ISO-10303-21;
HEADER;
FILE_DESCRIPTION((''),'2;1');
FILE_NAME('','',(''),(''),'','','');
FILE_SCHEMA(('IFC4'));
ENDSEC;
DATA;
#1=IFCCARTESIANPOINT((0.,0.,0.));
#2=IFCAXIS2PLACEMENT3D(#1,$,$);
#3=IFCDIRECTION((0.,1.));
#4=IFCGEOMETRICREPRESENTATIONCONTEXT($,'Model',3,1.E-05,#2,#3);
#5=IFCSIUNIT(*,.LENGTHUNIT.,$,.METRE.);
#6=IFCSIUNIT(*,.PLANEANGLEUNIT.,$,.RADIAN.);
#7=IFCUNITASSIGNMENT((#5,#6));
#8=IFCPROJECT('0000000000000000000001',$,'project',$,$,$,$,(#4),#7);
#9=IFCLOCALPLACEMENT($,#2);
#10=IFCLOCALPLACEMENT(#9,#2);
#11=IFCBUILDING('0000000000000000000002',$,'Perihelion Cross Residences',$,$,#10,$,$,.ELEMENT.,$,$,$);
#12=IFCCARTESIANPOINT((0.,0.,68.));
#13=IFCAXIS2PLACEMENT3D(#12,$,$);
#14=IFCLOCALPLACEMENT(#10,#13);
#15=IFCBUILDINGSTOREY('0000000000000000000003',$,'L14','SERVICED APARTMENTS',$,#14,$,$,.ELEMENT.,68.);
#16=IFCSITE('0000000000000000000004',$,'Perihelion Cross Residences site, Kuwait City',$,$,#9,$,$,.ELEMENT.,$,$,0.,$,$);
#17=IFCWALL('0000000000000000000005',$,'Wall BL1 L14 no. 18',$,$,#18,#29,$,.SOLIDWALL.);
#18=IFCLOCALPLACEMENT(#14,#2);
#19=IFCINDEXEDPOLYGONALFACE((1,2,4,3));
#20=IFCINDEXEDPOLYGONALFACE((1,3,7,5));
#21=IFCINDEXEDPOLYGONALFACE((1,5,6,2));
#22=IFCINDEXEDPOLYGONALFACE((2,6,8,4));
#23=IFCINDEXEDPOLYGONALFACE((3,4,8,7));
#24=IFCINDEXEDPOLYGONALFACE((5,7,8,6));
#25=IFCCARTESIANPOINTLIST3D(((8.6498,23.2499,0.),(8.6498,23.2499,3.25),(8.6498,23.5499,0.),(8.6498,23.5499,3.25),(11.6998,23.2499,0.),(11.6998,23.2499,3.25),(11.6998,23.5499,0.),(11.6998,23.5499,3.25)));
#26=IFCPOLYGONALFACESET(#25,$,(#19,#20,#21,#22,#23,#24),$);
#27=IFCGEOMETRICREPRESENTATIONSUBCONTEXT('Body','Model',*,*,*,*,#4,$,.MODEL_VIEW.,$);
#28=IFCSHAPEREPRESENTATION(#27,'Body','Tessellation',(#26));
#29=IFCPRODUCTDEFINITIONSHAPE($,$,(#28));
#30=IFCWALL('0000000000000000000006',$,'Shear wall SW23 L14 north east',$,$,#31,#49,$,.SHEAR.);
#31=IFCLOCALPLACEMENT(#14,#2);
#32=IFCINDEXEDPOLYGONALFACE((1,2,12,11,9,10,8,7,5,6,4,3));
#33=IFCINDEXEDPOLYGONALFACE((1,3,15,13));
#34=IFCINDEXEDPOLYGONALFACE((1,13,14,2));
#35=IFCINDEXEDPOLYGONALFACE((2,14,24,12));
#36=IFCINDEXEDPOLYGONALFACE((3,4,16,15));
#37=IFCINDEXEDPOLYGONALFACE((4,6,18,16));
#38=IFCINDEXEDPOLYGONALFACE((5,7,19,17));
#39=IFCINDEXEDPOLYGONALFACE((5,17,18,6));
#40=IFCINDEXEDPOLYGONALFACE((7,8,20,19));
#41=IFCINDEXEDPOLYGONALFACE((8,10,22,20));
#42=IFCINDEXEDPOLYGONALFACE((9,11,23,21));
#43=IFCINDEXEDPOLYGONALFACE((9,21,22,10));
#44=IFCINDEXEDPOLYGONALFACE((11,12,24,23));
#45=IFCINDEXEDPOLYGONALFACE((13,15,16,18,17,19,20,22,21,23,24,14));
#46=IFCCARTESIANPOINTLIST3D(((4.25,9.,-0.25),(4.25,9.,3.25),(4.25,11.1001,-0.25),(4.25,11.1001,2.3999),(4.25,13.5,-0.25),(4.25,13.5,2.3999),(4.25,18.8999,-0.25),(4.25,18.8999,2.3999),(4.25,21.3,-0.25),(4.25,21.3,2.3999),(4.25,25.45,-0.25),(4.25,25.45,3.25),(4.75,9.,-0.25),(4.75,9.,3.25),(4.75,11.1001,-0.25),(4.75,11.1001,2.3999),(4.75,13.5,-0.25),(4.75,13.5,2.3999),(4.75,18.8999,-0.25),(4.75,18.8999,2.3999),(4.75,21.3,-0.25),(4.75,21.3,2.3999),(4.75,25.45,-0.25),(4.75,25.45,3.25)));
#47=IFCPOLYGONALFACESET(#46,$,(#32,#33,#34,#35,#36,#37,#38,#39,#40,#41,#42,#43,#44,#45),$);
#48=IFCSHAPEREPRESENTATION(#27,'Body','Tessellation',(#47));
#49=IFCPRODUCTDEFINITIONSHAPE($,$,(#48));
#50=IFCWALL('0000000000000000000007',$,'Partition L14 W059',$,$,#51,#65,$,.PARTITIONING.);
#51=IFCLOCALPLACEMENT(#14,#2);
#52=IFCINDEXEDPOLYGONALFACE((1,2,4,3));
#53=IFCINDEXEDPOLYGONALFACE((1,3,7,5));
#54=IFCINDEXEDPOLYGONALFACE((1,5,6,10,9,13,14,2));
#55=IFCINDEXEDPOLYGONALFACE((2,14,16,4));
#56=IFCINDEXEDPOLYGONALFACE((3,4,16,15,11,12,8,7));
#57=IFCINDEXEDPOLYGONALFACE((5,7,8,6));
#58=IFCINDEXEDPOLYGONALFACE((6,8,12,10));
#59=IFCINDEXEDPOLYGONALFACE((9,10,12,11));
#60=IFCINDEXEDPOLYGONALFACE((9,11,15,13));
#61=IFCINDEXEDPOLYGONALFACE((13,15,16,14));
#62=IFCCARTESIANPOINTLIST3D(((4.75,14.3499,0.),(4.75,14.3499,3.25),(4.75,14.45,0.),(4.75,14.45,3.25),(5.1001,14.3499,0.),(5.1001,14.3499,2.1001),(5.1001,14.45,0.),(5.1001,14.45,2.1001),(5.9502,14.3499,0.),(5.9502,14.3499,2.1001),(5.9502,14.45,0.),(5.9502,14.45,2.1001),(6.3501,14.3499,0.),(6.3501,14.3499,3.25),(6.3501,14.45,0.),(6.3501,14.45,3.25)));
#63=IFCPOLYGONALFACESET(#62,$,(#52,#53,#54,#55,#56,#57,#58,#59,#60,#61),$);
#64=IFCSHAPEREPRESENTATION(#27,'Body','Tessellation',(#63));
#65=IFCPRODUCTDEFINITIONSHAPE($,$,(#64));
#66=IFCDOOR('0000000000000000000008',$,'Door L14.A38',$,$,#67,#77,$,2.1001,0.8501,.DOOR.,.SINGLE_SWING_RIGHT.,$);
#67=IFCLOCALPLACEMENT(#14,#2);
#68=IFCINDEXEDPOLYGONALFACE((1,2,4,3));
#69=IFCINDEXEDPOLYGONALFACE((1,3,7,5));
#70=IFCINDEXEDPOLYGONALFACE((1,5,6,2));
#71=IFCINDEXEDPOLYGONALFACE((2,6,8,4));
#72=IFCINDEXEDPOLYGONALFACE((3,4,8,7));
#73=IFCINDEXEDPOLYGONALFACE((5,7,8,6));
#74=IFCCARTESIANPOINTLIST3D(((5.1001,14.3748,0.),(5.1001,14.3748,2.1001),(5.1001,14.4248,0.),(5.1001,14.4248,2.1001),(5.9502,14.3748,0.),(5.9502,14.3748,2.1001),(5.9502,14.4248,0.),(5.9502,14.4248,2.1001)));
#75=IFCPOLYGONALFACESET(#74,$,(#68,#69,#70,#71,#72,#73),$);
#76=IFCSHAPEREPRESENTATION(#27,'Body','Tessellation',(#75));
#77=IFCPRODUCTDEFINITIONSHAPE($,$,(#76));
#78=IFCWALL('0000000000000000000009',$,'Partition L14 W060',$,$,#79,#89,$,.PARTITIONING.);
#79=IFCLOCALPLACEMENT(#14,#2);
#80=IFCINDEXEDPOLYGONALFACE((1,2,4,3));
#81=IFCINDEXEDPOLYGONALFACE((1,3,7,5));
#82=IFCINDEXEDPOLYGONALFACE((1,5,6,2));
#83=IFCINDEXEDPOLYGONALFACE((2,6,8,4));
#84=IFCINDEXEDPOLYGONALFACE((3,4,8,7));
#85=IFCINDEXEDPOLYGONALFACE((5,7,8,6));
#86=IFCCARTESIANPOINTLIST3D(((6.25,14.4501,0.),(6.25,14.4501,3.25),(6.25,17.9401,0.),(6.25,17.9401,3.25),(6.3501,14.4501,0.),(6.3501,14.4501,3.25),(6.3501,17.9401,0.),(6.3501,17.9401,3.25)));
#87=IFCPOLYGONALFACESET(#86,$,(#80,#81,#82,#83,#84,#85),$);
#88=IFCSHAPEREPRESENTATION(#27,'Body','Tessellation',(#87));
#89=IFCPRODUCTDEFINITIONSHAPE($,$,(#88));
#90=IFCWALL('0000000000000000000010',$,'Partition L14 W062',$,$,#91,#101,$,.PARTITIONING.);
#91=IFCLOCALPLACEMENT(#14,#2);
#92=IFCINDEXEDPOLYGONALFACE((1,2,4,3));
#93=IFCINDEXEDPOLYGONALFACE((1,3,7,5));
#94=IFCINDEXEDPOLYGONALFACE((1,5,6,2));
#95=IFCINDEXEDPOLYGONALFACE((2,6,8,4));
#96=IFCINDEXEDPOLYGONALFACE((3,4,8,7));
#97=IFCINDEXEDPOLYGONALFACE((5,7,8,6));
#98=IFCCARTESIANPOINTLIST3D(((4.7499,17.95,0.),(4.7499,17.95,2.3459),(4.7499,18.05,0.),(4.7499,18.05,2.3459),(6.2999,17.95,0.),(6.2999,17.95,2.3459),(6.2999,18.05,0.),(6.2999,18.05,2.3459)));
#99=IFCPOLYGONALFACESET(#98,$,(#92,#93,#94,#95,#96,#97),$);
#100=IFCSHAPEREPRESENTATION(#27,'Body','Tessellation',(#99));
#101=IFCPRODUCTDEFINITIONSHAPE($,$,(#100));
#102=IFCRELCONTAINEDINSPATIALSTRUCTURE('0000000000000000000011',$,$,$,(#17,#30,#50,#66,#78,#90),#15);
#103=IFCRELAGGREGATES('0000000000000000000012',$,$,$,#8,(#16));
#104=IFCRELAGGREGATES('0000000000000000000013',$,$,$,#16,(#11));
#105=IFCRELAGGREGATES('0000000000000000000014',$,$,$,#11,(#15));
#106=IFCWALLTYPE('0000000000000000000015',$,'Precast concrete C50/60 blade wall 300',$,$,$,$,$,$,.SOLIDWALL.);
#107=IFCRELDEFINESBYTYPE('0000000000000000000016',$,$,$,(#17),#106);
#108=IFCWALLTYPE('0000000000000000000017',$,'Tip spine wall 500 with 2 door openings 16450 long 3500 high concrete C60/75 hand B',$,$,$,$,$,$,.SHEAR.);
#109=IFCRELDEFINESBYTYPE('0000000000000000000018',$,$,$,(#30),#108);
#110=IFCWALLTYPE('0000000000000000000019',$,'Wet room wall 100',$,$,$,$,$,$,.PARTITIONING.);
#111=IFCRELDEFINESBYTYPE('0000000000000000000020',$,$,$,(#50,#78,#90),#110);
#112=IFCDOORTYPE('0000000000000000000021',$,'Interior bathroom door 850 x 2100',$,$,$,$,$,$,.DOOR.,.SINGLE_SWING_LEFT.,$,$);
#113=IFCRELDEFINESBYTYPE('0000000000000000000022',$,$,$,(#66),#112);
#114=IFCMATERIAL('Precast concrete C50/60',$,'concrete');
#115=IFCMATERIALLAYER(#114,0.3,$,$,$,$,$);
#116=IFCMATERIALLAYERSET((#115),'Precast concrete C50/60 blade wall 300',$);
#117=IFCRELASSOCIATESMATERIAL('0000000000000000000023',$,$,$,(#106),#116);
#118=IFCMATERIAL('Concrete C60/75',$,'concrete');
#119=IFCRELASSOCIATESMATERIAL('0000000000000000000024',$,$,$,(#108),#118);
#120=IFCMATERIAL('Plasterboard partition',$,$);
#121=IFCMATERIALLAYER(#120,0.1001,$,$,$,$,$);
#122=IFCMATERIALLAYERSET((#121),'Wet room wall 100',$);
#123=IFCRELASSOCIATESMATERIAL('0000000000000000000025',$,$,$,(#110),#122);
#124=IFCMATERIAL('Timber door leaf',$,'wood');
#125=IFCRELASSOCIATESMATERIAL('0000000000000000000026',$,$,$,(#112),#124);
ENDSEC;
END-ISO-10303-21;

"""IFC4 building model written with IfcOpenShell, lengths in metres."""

from ifc_helpers import new_model, si_unit, direction, frame, frame_2d, origin, place, context, subcontext, project, spatial, polyline, rectangle, outline, extrude, material, layer, layer_set, material_profile, profile_set, type_object, element, fill, save


model = new_model("IFC4")

# Units and contexts
model_context = context("Model", 3, precision=1e-05, world=origin(), true_north=direction((0.0, 1.0)))
body_context = subcontext(model_context, "Body", "Model", "MODEL_VIEW")
ifc_project = project(units=[si_unit("LENGTHUNIT", "METRE"), si_unit("PLANEANGLEUNIT", "RADIAN")], contexts=[model_context])

# Site, building, storey
site_placement = place(None, origin())
site = spatial("IfcSite", under=ifc_project, at=site_placement, Name="Perihelion Cross Residences site, Kuwait City", CompositionType="ELEMENT", RefElevation=0.0)
building_placement = place(site_placement, origin())
building = spatial("IfcBuilding", under=site, at=building_placement, Name="Perihelion Cross Residences", CompositionType="ELEMENT")
storey_placement = place(building_placement, frame((0.0, 0.0, 68.0)))
storey = spatial("IfcBuildingStorey", under=building, at=storey_placement, Name="L14", Description="SERVICED APARTMENTS", CompositionType="ELEMENT", Elevation=68.0)

# Walls
ifc_material_1 = material(Name="Precast concrete C50/60", Category="concrete")
ifc_layer_1 = layer(ifc_material_1, 0.3)
ifc_layer_set_1 = layer_set([ifc_layer_1], Name="Precast concrete C50/60 blade wall 300")
wall_type_1 = type_object("IfcWallType", Name="Precast concrete C50/60 blade wall 300", PredefinedType="SOLIDWALL", material=ifc_layer_set_1)
wall_1_placement = place(storey_placement, frame((8.6499, 23.3999, 0.0), z_axis=(0.0, 0.0, 1.0), x_axis=(1.0, 0.0, 0.0)))
element("IfcWall", 1, at=wall_1_placement, inside=storey, type_object=wall_type_1, Name="Wall BL1 L14 no. 18", PredefinedType="SOLIDWALL", context=body_context, shape_type="SweptSolid", body=[
    extrude(rectangle(XDim=3.05, YDim=0.3, at=frame_2d((1.5249, 0.0))), origin(), (0.0, 0.0, 1.0), 3.25),
])
ifc_material_2 = material(Name="Concrete C60/75", Category="concrete")
ifc_material_profile_1 = material_profile(ifc_material_2, outline(polyline([(0.0, 0.0), (2.1001, 0.0), (2.1001, 2.6499), (4.5, 2.6499), (4.5, 0.0), (9.8999, 0.0), (9.8999, 2.6499), (12.3, 2.6499), (12.3, 0.0), (16.45, 0.0), (16.45, 3.5), (0.0, 3.5), (0.0, 0.0)])), Name="Tip spine wall")
ifc_profile_set_1 = profile_set([ifc_material_profile_1], Name="Concrete C60/75")
wall_type_2 = type_object("IfcWallType", Name="Tip spine wall 500 with 2 door openings 16450 long 3500 high concrete C60/75 hand B", PredefinedType="SHEAR", material=ifc_profile_set_1)
wall_2_placement = place(storey_placement, frame((4.25, 9.0, -0.25), z_axis=(1.0, 0.0, 0.0), x_axis=(0.0, 1.0, 0.0)))
element("IfcWall", 2, at=wall_2_placement, inside=storey, type_object=wall_type_2, Name="Shear wall SW23 L14 north east", PredefinedType="SHEAR", context=body_context, shape_type="SweptSolid", body=[
    extrude(outline(polyline([(0.0, 0.0), (2.1001, 0.0), (2.1001, 2.6499), (4.5, 2.6499), (4.5, 0.0), (9.8999, 0.0), (9.8999, 2.6499), (12.3, 2.6499), (12.3, 0.0), (16.45, 0.0), (16.45, 3.5), (0.0, 3.5), (0.0, 0.0)])), origin(), (0.0, 0.0, 1.0), 0.5),
])

# Wall, opening, door
ifc_material_3 = material(Name="Plasterboard partition")
ifc_layer_2 = layer(ifc_material_3, 0.1001)
ifc_layer_set_2 = layer_set([ifc_layer_2], Name="Wet room wall 100")
wall_type_3 = type_object("IfcWallType", Name="Wet room wall 100", PredefinedType="PARTITIONING", material=ifc_layer_set_2)
wall_3_placement = place(storey_placement, frame((4.75, 14.3999, 0.0), z_axis=(0.0, 0.0, 1.0), x_axis=(1.0, 0.0, 0.0)))
wall_3 = element("IfcWall", 3, at=wall_3_placement, inside=storey, type_object=wall_type_3, Name="Partition L14 W059", PredefinedType="PARTITIONING", context=body_context, shape_type="SweptSolid", body=[
    extrude(rectangle(XDim=1.6001, YDim=0.1001, at=frame_2d((0.8, 0.0))), origin(), (0.0, 0.0, 1.0), 3.25),
])
opening_1_placement = place(wall_3_placement, frame((0.3501, 0.0, 0.0)))
opening_1 = element("IfcOpeningElement", 4, at=opening_1_placement, cuts=wall_3, PredefinedType="OPENING", context=body_context, shape_type="SweptSolid", body=[
    extrude(rectangle(XDim=0.8501, YDim=2.1001, at=frame_2d((0.425, 1.05))), frame((0.0, 0.0601, 0.0), z_axis=(0.0, -1.0, 0.0), x_axis=(1.0, 0.0, 0.0)), (0.0, 0.0, 1.0), 0.1201),
])
ifc_material_4 = material(Name="Timber door leaf", Category="wood")
door_type_1 = type_object("IfcDoorType", Name="Interior bathroom door 850 x 2100", OperationType="SINGLE_SWING_LEFT", PredefinedType="DOOR", material=ifc_material_4)
door_1_placement = place(opening_1_placement, origin())
door_1 = element("IfcDoor", 5, at=door_1_placement, inside=storey, type_object=door_type_1, Name="Door L14.A38", OperationType="SINGLE_SWING_RIGHT", OverallHeight=2.1001, OverallWidth=0.8501, PredefinedType="DOOR", context=body_context, shape_type="SweptSolid", body=[
    extrude(rectangle(XDim=0.8501, YDim=2.1001, at=frame_2d((0.425, 1.05))), frame((0.0, 0.0249, 0.0), z_axis=(0.0, -1.0, 0.0), x_axis=(1.0, 0.0, 0.0)), (0.0, 0.0, 1.0), 0.05),
])
fill(opening_1, door_1)

# Walls
wall_4_placement = place(storey_placement, frame((6.3, 14.45, 0.0), z_axis=(0.0, 0.0, 1.0), x_axis=(0.0, 1.0, 0.0)))
element("IfcWall", 6, at=wall_4_placement, inside=storey, type_object=wall_type_3, Name="Partition L14 W060", PredefinedType="PARTITIONING", context=body_context, shape_type="SweptSolid", body=[
    extrude(rectangle(XDim=3.49, YDim=0.1001, at=frame_2d((1.7451, 0.0))), origin(), (0.0, 0.0, 1.0), 3.25),
])
wall_5_placement = place(storey_placement, frame((4.75, 18.0, 0.0), z_axis=(0.0, 0.0, 1.0), x_axis=(1.0, 0.0, 0.0)))
element("IfcWall", 7, at=wall_5_placement, inside=storey, type_object=wall_type_3, Name="Partition L14 W062", PredefinedType="PARTITIONING", context=body_context, shape_type="SweptSolid", body=[
    extrude(rectangle(XDim=1.55, YDim=0.1001, at=frame_2d((0.7749, 0.0))), origin(), (0.0, 0.0, 1.0), 2.3459),
])

save(model, "model.ifc")
